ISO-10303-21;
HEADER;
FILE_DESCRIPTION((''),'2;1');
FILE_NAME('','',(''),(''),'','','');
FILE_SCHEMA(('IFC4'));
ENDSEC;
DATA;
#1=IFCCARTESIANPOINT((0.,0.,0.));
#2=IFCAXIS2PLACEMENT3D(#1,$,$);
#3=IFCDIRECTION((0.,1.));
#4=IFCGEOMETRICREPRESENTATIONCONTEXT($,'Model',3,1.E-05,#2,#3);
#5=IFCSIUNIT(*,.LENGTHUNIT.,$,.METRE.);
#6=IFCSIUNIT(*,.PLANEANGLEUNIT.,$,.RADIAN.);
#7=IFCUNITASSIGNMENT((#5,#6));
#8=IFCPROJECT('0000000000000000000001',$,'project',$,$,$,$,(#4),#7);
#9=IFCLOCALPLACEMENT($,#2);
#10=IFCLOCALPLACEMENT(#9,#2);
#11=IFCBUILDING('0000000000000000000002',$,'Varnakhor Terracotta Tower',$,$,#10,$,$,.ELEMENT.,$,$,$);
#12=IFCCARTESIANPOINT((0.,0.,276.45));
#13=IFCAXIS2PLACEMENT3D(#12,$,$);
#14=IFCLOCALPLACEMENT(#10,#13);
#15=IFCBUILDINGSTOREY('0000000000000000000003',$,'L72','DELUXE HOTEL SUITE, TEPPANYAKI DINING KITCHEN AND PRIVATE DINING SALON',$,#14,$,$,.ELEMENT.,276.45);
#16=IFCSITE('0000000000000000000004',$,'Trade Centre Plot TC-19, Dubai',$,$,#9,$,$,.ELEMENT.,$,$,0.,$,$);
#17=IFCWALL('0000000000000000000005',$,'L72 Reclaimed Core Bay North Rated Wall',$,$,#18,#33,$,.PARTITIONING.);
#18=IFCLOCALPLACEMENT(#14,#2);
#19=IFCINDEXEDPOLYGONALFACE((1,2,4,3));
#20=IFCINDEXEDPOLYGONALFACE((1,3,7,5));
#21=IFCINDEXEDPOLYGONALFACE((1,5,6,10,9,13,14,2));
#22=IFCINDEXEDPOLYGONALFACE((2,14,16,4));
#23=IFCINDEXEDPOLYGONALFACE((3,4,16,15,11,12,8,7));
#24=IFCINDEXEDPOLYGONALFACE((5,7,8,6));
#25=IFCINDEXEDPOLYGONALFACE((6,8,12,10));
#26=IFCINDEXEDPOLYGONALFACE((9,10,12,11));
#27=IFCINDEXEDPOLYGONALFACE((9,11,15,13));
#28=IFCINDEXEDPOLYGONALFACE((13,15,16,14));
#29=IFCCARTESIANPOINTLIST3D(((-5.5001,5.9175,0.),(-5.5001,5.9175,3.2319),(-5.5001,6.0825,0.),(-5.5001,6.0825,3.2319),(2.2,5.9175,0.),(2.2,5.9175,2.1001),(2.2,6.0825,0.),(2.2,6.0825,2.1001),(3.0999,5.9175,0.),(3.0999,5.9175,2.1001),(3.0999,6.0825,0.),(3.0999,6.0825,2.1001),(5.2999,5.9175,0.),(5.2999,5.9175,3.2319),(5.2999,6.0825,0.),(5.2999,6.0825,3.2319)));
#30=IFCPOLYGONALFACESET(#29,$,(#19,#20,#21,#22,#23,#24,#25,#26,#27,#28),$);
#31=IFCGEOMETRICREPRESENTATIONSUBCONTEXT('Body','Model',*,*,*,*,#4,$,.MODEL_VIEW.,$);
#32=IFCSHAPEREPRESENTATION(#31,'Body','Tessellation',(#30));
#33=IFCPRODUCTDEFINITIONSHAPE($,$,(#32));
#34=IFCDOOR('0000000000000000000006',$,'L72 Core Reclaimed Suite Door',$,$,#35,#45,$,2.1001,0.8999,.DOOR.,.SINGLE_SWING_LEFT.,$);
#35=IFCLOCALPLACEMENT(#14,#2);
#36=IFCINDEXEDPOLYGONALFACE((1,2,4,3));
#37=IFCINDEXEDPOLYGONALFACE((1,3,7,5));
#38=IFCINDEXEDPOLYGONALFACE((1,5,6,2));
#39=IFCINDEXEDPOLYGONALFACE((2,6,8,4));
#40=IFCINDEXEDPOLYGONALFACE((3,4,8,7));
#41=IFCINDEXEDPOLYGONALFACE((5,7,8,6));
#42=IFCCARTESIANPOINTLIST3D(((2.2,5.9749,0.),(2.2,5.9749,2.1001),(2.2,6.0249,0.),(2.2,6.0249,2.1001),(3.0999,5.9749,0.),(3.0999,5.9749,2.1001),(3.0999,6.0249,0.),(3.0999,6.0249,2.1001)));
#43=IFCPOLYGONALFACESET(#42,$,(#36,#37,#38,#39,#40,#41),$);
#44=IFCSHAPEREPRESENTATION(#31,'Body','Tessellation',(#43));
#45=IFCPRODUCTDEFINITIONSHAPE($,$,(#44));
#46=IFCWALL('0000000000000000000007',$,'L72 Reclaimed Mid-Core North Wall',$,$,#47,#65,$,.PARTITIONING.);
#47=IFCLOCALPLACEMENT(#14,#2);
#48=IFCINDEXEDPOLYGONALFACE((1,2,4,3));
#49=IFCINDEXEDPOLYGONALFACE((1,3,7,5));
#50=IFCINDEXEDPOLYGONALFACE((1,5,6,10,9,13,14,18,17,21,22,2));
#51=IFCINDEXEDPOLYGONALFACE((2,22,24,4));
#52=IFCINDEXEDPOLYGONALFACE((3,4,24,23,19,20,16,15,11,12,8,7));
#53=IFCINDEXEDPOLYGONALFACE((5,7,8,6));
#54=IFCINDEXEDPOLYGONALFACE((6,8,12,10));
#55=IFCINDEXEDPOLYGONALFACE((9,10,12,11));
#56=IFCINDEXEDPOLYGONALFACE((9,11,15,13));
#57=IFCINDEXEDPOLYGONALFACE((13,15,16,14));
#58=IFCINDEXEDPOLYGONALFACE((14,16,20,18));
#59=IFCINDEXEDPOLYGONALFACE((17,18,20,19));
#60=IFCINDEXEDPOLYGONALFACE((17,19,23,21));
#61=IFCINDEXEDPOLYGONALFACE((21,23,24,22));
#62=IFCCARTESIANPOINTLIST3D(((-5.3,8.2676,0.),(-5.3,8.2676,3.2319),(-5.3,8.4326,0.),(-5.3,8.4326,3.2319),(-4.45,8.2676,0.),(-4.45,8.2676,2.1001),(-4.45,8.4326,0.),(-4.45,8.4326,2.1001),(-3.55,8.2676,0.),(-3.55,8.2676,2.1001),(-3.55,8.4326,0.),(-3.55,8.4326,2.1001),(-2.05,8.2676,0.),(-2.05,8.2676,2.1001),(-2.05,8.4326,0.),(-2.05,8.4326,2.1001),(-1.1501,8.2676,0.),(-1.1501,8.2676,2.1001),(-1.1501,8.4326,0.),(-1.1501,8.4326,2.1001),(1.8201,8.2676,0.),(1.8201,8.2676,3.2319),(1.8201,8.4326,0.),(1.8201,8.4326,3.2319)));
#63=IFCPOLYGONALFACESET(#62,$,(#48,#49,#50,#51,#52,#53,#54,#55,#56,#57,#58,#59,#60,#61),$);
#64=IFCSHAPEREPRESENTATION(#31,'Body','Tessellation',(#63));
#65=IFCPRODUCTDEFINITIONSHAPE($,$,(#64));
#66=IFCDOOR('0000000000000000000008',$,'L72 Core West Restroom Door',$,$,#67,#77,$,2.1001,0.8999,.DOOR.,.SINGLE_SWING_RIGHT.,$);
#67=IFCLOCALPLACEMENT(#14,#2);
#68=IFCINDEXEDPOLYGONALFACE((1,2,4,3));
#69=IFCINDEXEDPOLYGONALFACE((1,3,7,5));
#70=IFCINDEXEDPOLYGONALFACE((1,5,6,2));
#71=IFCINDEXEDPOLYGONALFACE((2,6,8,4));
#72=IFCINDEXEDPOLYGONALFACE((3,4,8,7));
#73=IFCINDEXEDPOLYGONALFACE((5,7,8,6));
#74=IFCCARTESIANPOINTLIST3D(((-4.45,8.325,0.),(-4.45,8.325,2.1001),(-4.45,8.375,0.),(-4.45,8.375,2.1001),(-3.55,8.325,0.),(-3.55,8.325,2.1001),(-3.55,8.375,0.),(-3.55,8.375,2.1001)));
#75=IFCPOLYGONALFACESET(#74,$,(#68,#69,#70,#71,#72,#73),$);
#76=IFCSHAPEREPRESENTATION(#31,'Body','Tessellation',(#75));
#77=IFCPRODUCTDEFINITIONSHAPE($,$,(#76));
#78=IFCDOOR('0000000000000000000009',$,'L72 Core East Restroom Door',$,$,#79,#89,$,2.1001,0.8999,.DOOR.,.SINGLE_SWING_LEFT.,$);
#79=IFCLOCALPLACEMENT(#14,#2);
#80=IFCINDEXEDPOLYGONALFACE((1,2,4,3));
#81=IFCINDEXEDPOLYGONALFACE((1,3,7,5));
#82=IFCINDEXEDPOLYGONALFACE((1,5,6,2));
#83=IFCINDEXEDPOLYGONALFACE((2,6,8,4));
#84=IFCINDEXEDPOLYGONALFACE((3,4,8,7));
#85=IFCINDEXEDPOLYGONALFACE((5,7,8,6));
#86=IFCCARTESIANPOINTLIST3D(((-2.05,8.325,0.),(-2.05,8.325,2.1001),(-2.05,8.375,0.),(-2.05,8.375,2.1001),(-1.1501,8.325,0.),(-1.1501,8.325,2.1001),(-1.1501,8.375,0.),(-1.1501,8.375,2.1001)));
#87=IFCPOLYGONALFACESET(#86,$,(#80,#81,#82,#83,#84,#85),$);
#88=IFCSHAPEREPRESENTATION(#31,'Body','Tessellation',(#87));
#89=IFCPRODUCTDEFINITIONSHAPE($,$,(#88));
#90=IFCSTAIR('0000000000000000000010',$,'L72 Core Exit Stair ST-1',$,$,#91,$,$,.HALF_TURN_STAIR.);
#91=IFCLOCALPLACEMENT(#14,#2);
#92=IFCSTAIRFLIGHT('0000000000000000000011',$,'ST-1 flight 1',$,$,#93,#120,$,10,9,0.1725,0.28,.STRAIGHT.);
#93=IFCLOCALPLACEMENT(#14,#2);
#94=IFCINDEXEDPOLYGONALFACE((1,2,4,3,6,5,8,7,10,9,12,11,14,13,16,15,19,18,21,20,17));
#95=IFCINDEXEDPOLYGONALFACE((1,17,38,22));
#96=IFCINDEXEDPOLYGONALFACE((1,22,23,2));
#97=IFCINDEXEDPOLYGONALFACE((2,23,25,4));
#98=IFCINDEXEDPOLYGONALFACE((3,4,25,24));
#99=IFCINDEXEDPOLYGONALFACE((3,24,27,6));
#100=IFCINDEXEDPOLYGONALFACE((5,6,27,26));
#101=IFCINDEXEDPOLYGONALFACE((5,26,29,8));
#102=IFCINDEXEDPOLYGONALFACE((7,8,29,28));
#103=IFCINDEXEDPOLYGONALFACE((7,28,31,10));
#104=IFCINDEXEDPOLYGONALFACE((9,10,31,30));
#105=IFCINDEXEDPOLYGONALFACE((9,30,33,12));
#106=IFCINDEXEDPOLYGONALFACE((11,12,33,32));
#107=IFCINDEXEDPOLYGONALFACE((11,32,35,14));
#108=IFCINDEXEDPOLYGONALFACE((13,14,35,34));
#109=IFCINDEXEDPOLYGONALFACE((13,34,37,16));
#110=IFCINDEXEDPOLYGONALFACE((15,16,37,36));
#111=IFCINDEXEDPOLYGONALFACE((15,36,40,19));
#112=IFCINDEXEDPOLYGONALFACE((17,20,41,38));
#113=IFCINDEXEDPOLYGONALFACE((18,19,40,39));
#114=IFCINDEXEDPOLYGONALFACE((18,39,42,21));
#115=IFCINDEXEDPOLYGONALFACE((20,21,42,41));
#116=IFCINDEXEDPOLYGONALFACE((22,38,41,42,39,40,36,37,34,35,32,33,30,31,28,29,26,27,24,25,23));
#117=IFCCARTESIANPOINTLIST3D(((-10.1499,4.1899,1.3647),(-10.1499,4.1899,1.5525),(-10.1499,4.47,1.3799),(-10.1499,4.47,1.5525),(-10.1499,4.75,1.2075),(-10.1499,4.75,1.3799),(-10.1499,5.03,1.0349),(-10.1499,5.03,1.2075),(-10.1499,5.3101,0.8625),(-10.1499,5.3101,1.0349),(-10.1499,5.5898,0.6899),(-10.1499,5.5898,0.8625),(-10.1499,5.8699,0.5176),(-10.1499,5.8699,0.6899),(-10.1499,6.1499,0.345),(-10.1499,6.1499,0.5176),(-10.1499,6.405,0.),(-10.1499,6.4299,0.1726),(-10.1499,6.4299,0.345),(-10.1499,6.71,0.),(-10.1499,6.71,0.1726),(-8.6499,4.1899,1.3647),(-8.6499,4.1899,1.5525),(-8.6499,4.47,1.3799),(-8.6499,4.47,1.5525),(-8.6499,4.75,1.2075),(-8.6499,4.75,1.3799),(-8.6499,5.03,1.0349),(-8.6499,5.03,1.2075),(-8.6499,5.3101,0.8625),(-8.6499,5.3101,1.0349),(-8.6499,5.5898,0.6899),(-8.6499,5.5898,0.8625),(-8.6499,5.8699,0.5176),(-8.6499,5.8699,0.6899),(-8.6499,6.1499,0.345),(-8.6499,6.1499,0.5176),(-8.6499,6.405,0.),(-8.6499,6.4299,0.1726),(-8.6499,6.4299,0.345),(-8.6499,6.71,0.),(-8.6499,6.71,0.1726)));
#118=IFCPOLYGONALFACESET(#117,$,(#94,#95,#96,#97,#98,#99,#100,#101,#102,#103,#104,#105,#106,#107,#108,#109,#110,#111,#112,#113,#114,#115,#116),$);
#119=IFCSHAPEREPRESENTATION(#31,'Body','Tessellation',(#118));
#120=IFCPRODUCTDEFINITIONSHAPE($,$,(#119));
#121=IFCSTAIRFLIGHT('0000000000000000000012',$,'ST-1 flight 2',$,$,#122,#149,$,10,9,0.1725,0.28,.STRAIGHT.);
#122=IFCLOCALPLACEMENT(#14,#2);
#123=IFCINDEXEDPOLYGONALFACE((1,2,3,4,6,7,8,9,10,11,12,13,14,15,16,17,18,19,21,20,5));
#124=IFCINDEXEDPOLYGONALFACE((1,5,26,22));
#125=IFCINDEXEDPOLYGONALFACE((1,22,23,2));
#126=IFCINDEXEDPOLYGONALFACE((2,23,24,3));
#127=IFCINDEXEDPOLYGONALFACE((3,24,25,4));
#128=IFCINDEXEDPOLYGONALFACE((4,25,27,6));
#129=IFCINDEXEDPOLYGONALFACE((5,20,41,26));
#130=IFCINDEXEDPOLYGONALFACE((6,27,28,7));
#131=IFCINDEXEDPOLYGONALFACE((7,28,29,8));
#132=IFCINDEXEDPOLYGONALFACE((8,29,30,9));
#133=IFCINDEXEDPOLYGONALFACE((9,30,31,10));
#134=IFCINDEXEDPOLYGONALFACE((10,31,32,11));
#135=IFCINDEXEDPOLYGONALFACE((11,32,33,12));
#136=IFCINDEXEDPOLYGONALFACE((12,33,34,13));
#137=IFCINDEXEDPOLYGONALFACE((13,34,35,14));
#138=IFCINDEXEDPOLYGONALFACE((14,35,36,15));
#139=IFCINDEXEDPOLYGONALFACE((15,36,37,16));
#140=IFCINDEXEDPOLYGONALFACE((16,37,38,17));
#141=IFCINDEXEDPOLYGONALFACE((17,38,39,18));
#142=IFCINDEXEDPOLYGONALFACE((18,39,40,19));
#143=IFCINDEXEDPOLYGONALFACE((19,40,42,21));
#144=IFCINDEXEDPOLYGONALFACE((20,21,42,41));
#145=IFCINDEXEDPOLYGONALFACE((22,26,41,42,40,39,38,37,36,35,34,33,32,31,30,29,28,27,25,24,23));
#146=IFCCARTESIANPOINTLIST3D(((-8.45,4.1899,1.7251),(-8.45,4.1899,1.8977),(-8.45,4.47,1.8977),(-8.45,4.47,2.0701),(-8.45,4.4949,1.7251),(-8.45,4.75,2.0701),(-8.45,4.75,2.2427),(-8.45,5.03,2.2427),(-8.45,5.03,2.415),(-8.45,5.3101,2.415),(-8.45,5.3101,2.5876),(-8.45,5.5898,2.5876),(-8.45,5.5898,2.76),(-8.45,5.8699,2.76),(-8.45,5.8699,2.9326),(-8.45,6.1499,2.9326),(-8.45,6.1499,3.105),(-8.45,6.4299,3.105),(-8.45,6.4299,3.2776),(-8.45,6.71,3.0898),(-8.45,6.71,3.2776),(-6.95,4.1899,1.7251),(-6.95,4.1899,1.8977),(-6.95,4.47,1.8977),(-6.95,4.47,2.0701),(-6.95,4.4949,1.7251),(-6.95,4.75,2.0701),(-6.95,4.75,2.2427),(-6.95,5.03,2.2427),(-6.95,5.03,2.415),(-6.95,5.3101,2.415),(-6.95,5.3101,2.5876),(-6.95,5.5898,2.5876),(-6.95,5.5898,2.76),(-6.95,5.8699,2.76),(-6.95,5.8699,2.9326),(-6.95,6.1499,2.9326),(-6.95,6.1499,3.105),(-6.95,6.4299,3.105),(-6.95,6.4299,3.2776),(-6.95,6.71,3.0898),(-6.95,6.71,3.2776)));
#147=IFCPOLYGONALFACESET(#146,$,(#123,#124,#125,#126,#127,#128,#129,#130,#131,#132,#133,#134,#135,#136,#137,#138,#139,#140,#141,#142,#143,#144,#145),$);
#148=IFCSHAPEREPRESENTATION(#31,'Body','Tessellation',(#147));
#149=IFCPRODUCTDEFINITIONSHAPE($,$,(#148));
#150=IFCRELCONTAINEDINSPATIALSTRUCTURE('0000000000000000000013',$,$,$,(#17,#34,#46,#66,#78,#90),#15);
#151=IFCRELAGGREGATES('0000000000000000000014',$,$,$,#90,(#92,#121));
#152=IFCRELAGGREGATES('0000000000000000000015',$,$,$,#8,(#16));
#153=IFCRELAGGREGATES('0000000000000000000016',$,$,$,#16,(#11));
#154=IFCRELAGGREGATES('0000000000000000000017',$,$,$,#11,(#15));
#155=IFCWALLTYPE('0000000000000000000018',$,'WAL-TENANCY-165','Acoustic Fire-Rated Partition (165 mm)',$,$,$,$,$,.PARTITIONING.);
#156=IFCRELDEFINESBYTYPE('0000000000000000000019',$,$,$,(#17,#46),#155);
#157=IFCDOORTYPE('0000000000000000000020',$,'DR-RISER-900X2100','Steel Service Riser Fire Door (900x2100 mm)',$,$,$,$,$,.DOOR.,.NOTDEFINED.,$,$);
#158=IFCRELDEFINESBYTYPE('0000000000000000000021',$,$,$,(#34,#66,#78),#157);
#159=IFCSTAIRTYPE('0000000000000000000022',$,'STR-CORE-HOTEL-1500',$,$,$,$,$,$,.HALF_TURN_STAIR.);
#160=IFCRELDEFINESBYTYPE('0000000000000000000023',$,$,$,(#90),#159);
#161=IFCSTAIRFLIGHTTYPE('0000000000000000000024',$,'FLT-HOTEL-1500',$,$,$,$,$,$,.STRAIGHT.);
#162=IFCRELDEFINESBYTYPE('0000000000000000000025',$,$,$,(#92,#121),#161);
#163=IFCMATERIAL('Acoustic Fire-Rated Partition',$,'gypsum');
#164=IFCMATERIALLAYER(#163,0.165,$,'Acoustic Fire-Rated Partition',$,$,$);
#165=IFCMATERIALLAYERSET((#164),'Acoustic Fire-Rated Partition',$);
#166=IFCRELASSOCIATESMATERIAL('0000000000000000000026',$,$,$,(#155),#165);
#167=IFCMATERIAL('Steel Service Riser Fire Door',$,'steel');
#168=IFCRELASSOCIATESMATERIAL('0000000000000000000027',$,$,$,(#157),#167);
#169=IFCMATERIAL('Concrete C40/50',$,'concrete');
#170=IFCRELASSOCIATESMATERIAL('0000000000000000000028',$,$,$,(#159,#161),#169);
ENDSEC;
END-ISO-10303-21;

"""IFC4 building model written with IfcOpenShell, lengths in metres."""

from ifc_helpers import new_model, si_unit, direction, frame, frame_2d, origin, place, context, subcontext, project, spatial, polyline, rectangle, outline, extrude, source, transform, mapped, material, layer, layer_set, type_object, type_shapes, element, fill, aggregate, save


model = new_model("IFC4")

# Units and contexts
model_context = context("Model", 3, precision=1e-05, world=origin(), true_north=direction((0.0, 1.0)))
body_context = subcontext(model_context, "Body", "Model", "MODEL_VIEW")
ifc_project = project(units=[si_unit("LENGTHUNIT", "METRE"), si_unit("PLANEANGLEUNIT", "RADIAN")], contexts=[model_context])

# Site, building, storey
site_placement = place(None, origin())
site = spatial("IfcSite", under=ifc_project, at=site_placement, Name="Trade Centre Plot TC-19, Dubai", CompositionType="ELEMENT", RefElevation=0.0)
building_placement = place(site_placement, origin())
building = spatial("IfcBuilding", under=site, at=building_placement, Name="Varnakhor Terracotta Tower", CompositionType="ELEMENT")
storey_placement = place(building_placement, frame((0.0, 0.0, 276.45)))
storey = spatial("IfcBuildingStorey", under=building, at=storey_placement, Name="L72", Description="DELUXE HOTEL SUITE, TEPPANYAKI DINING KITCHEN AND PRIVATE DINING SALON", CompositionType="ELEMENT", Elevation=276.45)

# Shared definitions
ifc_material_1 = material(Name="Concrete C40/50", Category="concrete")

# Wall, opening, door
ifc_material_2 = material(Name="Acoustic Fire-Rated Partition", Category="gypsum")
ifc_layer_1 = layer(ifc_material_2, 0.165, Name="Acoustic Fire-Rated Partition")
ifc_layer_set_1 = layer_set([ifc_layer_1], Name="Acoustic Fire-Rated Partition")
wall_type_1 = type_object("IfcWallType", Name="WAL-TENANCY-165", Description="Acoustic Fire-Rated Partition (165 mm)", PredefinedType="PARTITIONING", material=ifc_layer_set_1)
wall_1_placement = place(storey_placement, frame((-5.5, 6.0, 0.0), z_axis=(0.0, 0.0, 1.0), x_axis=(1.0, 0.0, 0.0)))
wall_1 = element("IfcWall", 1, at=wall_1_placement, inside=storey, type_object=wall_type_1, Name="L72 Reclaimed Core Bay North Rated Wall", PredefinedType="PARTITIONING", context=body_context, shape_type="SweptSolid", body=[
    extrude(rectangle(XDim=10.8, YDim=0.165, at=frame_2d((5.3999, 0.0))), origin(), (0.0, 0.0, 1.0), 3.2319),
])
opening_1_placement = place(wall_1_placement, frame((7.7, 0.0, 0.0)))
opening_1 = element("IfcOpeningElement", 2, at=opening_1_placement, cuts=wall_1, PredefinedType="OPENING", context=body_context, shape_type="SweptSolid", body=[
    extrude(rectangle(XDim=0.8999, YDim=2.1001, at=frame_2d((0.45, 1.05))), frame((0.0, 0.0925, 0.0), z_axis=(0.0, -1.0, 0.0), x_axis=(1.0, 0.0, 0.0)), (0.0, 0.0, 1.0), 0.1851),
])
ifc_material_3 = material(Name="Steel Service Riser Fire Door", Category="steel")
door_type_1 = type_object("IfcDoorType", Name="DR-RISER-900X2100", Description="Steel Service Riser Fire Door (900x2100 mm)", OperationType="NOTDEFINED", PredefinedType="DOOR", material=ifc_material_3)
shared_shape_1 = source(origin(), body_context, "Body", "SweptSolid", [
    extrude(rectangle(XDim=0.8999, YDim=2.1001, at=frame_2d((0.45, 1.05))), frame((0.0, 0.0249, 0.0), z_axis=(0.0, -1.0, 0.0), x_axis=(1.0, 0.0, 0.0)), (0.0, 0.0, 1.0), 0.05),
])
type_shapes(door_type_1, [shared_shape_1])
door_1_placement = place(opening_1_placement, origin())
door_1 = element("IfcDoor", 3, at=door_1_placement, inside=storey, type_object=door_type_1, Name="L72 Core Reclaimed Suite Door", OperationType="SINGLE_SWING_LEFT", OverallHeight=2.1001, OverallWidth=0.8999, PredefinedType="DOOR", context=body_context, shape_type="MappedRepresentation", body=[
    mapped(shared_shape_1, transform((0.0, 0.0, 0.0), scale=1.0)),
])
fill(opening_1, door_1)

# Wall, openings, doors
wall_2_placement = place(storey_placement, frame((-5.3, 8.3501, 0.0), z_axis=(0.0, 0.0, 1.0), x_axis=(1.0, 0.0, 0.0)))
wall_2 = element("IfcWall", 4, at=wall_2_placement, inside=storey, type_object=wall_type_1, Name="L72 Reclaimed Mid-Core North Wall", PredefinedType="PARTITIONING", context=body_context, shape_type="SweptSolid", body=[
    extrude(rectangle(XDim=7.1201, YDim=0.165, at=frame_2d((3.5601, 0.0))), origin(), (0.0, 0.0, 1.0), 3.2319),
])
opening_2_placement = place(wall_2_placement, frame((0.8501, 0.0, 0.0)))
opening_2 = element("IfcOpeningElement", 5, at=opening_2_placement, cuts=wall_2, PredefinedType="OPENING", context=body_context, shape_type="SweptSolid", body=[
    extrude(rectangle(XDim=0.8999, YDim=2.1001, at=frame_2d((0.45, 1.05))), frame((0.0, 0.0925, 0.0), z_axis=(0.0, -1.0, 0.0), x_axis=(1.0, 0.0, 0.0)), (0.0, 0.0, 1.0), 0.1851),
])
opening_3_placement = place(wall_2_placement, frame((3.25, 0.0, 0.0)))
opening_3 = element("IfcOpeningElement", 6, at=opening_3_placement, cuts=wall_2, PredefinedType="OPENING", context=body_context, shape_type="SweptSolid", body=[
    extrude(rectangle(XDim=0.8999, YDim=2.1001, at=frame_2d((0.45, 1.05))), frame((0.0, 0.0925, 0.0), z_axis=(0.0, -1.0, 0.0), x_axis=(1.0, 0.0, 0.0)), (0.0, 0.0, 1.0), 0.1851),
])
door_2_placement = place(opening_2_placement, origin())
door_2 = element("IfcDoor", 7, at=door_2_placement, inside=storey, type_object=door_type_1, Name="L72 Core West Restroom Door", OperationType="SINGLE_SWING_RIGHT", OverallHeight=2.1001, OverallWidth=0.8999, PredefinedType="DOOR", context=body_context, shape_type="MappedRepresentation", body=[
    mapped(shared_shape_1, transform((0.0, 0.0, 0.0), scale=1.0)),
])
fill(opening_2, door_2)
door_3_placement = place(opening_3_placement, origin())
door_3 = element("IfcDoor", 8, at=door_3_placement, inside=storey, type_object=door_type_1, Name="L72 Core East Restroom Door", OperationType="SINGLE_SWING_LEFT", OverallHeight=2.1001, OverallWidth=0.8999, PredefinedType="DOOR", context=body_context, shape_type="MappedRepresentation", body=[
    mapped(shared_shape_1, transform((0.0, 0.0, 0.0), scale=1.0)),
])
fill(opening_3, door_3)

# Stair, stair flights
stair_type = type_object("IfcStairType", Name="STR-CORE-HOTEL-1500", PredefinedType="HALF_TURN_STAIR", material=ifc_material_1)
stair_placement = place(storey_placement, origin())
stair = element("IfcStair", 9, at=stair_placement, inside=storey, type_object=stair_type, Name="L72 Core Exit Stair ST-1", PredefinedType="HALF_TURN_STAIR")
stair_flight_type = type_object("IfcStairFlightType", Name="FLT-HOTEL-1500", PredefinedType="STRAIGHT", material=ifc_material_1)
stair_flight_1_placement = place(storey_placement, frame((-9.3999, 6.71, 0.0), z_axis=(0.0, 0.0, 1.0), x_axis=(0.0, -1.0, 0.0)))
stair_flight_1 = element("IfcStairFlight", 10, at=stair_flight_1_placement, type_object=stair_flight_type, Name="ST-1 flight 1", NumberOfRisers=10, NumberOfTreads=9, PredefinedType="STRAIGHT", RiserHeight=0.1725, TreadLength=0.28, context=body_context, shape_type="SweptSolid", body=[
    extrude(outline(polyline([(0.0, 0.0), (0.0, 0.1726), (0.28, 0.1726), (0.28, 0.345), (0.5601, 0.345), (0.5601, 0.5176), (0.8401, 0.5176), (0.8401, 0.6899), (1.1201, 0.6899), (1.1201, 0.8625), (1.3999, 0.8625), (1.3999, 1.0349), (1.6799, 1.0349), (1.6799, 1.2075), (1.96, 1.2075), (1.96, 1.3799), (2.24, 1.3799), (2.24, 1.5525), (2.52, 1.5525), (2.52, 1.7251), (2.52, 1.3647), (0.3049, 0.0), (0.0, 0.0)])), frame((0.0, 0.75, 0.0), z_axis=(0.0, -1.0, 0.0), x_axis=(1.0, 0.0, 0.0)), (0.0, 0.0, 1.0), 1.5),
])
stair_flight_2_placement = place(storey_placement, frame((-7.7, 4.1899, 1.7251), z_axis=(0.0, 0.0, 1.0), x_axis=(0.0, 1.0, 0.0)))
stair_flight_2 = element("IfcStairFlight", 11, at=stair_flight_2_placement, type_object=stair_flight_type, Name="ST-1 flight 2", NumberOfRisers=10, NumberOfTreads=9, PredefinedType="STRAIGHT", RiserHeight=0.1725, TreadLength=0.28, context=body_context, shape_type="SweptSolid", body=[
    extrude(outline(polyline([(0.0, 0.0), (0.0, 0.1726), (0.28, 0.1726), (0.28, 0.345), (0.5601, 0.345), (0.5601, 0.5176), (0.8401, 0.5176), (0.8401, 0.6899), (1.1201, 0.6899), (1.1201, 0.8625), (1.3999, 0.8625), (1.3999, 1.0349), (1.6799, 1.0349), (1.6799, 1.2075), (1.96, 1.2075), (1.96, 1.3799), (2.24, 1.3799), (2.24, 1.5525), (2.52, 1.5525), (2.52, 1.7251), (2.52, 1.3647), (0.3049, 0.0), (0.0, 0.0)])), frame((0.0, 0.75, 0.0), z_axis=(0.0, -1.0, 0.0), x_axis=(1.0, 0.0, 0.0)), (0.0, 0.0, 1.0), 1.5),
])
aggregate(stair, [stair_flight_1, stair_flight_2])

save(model, "model.ifc")
